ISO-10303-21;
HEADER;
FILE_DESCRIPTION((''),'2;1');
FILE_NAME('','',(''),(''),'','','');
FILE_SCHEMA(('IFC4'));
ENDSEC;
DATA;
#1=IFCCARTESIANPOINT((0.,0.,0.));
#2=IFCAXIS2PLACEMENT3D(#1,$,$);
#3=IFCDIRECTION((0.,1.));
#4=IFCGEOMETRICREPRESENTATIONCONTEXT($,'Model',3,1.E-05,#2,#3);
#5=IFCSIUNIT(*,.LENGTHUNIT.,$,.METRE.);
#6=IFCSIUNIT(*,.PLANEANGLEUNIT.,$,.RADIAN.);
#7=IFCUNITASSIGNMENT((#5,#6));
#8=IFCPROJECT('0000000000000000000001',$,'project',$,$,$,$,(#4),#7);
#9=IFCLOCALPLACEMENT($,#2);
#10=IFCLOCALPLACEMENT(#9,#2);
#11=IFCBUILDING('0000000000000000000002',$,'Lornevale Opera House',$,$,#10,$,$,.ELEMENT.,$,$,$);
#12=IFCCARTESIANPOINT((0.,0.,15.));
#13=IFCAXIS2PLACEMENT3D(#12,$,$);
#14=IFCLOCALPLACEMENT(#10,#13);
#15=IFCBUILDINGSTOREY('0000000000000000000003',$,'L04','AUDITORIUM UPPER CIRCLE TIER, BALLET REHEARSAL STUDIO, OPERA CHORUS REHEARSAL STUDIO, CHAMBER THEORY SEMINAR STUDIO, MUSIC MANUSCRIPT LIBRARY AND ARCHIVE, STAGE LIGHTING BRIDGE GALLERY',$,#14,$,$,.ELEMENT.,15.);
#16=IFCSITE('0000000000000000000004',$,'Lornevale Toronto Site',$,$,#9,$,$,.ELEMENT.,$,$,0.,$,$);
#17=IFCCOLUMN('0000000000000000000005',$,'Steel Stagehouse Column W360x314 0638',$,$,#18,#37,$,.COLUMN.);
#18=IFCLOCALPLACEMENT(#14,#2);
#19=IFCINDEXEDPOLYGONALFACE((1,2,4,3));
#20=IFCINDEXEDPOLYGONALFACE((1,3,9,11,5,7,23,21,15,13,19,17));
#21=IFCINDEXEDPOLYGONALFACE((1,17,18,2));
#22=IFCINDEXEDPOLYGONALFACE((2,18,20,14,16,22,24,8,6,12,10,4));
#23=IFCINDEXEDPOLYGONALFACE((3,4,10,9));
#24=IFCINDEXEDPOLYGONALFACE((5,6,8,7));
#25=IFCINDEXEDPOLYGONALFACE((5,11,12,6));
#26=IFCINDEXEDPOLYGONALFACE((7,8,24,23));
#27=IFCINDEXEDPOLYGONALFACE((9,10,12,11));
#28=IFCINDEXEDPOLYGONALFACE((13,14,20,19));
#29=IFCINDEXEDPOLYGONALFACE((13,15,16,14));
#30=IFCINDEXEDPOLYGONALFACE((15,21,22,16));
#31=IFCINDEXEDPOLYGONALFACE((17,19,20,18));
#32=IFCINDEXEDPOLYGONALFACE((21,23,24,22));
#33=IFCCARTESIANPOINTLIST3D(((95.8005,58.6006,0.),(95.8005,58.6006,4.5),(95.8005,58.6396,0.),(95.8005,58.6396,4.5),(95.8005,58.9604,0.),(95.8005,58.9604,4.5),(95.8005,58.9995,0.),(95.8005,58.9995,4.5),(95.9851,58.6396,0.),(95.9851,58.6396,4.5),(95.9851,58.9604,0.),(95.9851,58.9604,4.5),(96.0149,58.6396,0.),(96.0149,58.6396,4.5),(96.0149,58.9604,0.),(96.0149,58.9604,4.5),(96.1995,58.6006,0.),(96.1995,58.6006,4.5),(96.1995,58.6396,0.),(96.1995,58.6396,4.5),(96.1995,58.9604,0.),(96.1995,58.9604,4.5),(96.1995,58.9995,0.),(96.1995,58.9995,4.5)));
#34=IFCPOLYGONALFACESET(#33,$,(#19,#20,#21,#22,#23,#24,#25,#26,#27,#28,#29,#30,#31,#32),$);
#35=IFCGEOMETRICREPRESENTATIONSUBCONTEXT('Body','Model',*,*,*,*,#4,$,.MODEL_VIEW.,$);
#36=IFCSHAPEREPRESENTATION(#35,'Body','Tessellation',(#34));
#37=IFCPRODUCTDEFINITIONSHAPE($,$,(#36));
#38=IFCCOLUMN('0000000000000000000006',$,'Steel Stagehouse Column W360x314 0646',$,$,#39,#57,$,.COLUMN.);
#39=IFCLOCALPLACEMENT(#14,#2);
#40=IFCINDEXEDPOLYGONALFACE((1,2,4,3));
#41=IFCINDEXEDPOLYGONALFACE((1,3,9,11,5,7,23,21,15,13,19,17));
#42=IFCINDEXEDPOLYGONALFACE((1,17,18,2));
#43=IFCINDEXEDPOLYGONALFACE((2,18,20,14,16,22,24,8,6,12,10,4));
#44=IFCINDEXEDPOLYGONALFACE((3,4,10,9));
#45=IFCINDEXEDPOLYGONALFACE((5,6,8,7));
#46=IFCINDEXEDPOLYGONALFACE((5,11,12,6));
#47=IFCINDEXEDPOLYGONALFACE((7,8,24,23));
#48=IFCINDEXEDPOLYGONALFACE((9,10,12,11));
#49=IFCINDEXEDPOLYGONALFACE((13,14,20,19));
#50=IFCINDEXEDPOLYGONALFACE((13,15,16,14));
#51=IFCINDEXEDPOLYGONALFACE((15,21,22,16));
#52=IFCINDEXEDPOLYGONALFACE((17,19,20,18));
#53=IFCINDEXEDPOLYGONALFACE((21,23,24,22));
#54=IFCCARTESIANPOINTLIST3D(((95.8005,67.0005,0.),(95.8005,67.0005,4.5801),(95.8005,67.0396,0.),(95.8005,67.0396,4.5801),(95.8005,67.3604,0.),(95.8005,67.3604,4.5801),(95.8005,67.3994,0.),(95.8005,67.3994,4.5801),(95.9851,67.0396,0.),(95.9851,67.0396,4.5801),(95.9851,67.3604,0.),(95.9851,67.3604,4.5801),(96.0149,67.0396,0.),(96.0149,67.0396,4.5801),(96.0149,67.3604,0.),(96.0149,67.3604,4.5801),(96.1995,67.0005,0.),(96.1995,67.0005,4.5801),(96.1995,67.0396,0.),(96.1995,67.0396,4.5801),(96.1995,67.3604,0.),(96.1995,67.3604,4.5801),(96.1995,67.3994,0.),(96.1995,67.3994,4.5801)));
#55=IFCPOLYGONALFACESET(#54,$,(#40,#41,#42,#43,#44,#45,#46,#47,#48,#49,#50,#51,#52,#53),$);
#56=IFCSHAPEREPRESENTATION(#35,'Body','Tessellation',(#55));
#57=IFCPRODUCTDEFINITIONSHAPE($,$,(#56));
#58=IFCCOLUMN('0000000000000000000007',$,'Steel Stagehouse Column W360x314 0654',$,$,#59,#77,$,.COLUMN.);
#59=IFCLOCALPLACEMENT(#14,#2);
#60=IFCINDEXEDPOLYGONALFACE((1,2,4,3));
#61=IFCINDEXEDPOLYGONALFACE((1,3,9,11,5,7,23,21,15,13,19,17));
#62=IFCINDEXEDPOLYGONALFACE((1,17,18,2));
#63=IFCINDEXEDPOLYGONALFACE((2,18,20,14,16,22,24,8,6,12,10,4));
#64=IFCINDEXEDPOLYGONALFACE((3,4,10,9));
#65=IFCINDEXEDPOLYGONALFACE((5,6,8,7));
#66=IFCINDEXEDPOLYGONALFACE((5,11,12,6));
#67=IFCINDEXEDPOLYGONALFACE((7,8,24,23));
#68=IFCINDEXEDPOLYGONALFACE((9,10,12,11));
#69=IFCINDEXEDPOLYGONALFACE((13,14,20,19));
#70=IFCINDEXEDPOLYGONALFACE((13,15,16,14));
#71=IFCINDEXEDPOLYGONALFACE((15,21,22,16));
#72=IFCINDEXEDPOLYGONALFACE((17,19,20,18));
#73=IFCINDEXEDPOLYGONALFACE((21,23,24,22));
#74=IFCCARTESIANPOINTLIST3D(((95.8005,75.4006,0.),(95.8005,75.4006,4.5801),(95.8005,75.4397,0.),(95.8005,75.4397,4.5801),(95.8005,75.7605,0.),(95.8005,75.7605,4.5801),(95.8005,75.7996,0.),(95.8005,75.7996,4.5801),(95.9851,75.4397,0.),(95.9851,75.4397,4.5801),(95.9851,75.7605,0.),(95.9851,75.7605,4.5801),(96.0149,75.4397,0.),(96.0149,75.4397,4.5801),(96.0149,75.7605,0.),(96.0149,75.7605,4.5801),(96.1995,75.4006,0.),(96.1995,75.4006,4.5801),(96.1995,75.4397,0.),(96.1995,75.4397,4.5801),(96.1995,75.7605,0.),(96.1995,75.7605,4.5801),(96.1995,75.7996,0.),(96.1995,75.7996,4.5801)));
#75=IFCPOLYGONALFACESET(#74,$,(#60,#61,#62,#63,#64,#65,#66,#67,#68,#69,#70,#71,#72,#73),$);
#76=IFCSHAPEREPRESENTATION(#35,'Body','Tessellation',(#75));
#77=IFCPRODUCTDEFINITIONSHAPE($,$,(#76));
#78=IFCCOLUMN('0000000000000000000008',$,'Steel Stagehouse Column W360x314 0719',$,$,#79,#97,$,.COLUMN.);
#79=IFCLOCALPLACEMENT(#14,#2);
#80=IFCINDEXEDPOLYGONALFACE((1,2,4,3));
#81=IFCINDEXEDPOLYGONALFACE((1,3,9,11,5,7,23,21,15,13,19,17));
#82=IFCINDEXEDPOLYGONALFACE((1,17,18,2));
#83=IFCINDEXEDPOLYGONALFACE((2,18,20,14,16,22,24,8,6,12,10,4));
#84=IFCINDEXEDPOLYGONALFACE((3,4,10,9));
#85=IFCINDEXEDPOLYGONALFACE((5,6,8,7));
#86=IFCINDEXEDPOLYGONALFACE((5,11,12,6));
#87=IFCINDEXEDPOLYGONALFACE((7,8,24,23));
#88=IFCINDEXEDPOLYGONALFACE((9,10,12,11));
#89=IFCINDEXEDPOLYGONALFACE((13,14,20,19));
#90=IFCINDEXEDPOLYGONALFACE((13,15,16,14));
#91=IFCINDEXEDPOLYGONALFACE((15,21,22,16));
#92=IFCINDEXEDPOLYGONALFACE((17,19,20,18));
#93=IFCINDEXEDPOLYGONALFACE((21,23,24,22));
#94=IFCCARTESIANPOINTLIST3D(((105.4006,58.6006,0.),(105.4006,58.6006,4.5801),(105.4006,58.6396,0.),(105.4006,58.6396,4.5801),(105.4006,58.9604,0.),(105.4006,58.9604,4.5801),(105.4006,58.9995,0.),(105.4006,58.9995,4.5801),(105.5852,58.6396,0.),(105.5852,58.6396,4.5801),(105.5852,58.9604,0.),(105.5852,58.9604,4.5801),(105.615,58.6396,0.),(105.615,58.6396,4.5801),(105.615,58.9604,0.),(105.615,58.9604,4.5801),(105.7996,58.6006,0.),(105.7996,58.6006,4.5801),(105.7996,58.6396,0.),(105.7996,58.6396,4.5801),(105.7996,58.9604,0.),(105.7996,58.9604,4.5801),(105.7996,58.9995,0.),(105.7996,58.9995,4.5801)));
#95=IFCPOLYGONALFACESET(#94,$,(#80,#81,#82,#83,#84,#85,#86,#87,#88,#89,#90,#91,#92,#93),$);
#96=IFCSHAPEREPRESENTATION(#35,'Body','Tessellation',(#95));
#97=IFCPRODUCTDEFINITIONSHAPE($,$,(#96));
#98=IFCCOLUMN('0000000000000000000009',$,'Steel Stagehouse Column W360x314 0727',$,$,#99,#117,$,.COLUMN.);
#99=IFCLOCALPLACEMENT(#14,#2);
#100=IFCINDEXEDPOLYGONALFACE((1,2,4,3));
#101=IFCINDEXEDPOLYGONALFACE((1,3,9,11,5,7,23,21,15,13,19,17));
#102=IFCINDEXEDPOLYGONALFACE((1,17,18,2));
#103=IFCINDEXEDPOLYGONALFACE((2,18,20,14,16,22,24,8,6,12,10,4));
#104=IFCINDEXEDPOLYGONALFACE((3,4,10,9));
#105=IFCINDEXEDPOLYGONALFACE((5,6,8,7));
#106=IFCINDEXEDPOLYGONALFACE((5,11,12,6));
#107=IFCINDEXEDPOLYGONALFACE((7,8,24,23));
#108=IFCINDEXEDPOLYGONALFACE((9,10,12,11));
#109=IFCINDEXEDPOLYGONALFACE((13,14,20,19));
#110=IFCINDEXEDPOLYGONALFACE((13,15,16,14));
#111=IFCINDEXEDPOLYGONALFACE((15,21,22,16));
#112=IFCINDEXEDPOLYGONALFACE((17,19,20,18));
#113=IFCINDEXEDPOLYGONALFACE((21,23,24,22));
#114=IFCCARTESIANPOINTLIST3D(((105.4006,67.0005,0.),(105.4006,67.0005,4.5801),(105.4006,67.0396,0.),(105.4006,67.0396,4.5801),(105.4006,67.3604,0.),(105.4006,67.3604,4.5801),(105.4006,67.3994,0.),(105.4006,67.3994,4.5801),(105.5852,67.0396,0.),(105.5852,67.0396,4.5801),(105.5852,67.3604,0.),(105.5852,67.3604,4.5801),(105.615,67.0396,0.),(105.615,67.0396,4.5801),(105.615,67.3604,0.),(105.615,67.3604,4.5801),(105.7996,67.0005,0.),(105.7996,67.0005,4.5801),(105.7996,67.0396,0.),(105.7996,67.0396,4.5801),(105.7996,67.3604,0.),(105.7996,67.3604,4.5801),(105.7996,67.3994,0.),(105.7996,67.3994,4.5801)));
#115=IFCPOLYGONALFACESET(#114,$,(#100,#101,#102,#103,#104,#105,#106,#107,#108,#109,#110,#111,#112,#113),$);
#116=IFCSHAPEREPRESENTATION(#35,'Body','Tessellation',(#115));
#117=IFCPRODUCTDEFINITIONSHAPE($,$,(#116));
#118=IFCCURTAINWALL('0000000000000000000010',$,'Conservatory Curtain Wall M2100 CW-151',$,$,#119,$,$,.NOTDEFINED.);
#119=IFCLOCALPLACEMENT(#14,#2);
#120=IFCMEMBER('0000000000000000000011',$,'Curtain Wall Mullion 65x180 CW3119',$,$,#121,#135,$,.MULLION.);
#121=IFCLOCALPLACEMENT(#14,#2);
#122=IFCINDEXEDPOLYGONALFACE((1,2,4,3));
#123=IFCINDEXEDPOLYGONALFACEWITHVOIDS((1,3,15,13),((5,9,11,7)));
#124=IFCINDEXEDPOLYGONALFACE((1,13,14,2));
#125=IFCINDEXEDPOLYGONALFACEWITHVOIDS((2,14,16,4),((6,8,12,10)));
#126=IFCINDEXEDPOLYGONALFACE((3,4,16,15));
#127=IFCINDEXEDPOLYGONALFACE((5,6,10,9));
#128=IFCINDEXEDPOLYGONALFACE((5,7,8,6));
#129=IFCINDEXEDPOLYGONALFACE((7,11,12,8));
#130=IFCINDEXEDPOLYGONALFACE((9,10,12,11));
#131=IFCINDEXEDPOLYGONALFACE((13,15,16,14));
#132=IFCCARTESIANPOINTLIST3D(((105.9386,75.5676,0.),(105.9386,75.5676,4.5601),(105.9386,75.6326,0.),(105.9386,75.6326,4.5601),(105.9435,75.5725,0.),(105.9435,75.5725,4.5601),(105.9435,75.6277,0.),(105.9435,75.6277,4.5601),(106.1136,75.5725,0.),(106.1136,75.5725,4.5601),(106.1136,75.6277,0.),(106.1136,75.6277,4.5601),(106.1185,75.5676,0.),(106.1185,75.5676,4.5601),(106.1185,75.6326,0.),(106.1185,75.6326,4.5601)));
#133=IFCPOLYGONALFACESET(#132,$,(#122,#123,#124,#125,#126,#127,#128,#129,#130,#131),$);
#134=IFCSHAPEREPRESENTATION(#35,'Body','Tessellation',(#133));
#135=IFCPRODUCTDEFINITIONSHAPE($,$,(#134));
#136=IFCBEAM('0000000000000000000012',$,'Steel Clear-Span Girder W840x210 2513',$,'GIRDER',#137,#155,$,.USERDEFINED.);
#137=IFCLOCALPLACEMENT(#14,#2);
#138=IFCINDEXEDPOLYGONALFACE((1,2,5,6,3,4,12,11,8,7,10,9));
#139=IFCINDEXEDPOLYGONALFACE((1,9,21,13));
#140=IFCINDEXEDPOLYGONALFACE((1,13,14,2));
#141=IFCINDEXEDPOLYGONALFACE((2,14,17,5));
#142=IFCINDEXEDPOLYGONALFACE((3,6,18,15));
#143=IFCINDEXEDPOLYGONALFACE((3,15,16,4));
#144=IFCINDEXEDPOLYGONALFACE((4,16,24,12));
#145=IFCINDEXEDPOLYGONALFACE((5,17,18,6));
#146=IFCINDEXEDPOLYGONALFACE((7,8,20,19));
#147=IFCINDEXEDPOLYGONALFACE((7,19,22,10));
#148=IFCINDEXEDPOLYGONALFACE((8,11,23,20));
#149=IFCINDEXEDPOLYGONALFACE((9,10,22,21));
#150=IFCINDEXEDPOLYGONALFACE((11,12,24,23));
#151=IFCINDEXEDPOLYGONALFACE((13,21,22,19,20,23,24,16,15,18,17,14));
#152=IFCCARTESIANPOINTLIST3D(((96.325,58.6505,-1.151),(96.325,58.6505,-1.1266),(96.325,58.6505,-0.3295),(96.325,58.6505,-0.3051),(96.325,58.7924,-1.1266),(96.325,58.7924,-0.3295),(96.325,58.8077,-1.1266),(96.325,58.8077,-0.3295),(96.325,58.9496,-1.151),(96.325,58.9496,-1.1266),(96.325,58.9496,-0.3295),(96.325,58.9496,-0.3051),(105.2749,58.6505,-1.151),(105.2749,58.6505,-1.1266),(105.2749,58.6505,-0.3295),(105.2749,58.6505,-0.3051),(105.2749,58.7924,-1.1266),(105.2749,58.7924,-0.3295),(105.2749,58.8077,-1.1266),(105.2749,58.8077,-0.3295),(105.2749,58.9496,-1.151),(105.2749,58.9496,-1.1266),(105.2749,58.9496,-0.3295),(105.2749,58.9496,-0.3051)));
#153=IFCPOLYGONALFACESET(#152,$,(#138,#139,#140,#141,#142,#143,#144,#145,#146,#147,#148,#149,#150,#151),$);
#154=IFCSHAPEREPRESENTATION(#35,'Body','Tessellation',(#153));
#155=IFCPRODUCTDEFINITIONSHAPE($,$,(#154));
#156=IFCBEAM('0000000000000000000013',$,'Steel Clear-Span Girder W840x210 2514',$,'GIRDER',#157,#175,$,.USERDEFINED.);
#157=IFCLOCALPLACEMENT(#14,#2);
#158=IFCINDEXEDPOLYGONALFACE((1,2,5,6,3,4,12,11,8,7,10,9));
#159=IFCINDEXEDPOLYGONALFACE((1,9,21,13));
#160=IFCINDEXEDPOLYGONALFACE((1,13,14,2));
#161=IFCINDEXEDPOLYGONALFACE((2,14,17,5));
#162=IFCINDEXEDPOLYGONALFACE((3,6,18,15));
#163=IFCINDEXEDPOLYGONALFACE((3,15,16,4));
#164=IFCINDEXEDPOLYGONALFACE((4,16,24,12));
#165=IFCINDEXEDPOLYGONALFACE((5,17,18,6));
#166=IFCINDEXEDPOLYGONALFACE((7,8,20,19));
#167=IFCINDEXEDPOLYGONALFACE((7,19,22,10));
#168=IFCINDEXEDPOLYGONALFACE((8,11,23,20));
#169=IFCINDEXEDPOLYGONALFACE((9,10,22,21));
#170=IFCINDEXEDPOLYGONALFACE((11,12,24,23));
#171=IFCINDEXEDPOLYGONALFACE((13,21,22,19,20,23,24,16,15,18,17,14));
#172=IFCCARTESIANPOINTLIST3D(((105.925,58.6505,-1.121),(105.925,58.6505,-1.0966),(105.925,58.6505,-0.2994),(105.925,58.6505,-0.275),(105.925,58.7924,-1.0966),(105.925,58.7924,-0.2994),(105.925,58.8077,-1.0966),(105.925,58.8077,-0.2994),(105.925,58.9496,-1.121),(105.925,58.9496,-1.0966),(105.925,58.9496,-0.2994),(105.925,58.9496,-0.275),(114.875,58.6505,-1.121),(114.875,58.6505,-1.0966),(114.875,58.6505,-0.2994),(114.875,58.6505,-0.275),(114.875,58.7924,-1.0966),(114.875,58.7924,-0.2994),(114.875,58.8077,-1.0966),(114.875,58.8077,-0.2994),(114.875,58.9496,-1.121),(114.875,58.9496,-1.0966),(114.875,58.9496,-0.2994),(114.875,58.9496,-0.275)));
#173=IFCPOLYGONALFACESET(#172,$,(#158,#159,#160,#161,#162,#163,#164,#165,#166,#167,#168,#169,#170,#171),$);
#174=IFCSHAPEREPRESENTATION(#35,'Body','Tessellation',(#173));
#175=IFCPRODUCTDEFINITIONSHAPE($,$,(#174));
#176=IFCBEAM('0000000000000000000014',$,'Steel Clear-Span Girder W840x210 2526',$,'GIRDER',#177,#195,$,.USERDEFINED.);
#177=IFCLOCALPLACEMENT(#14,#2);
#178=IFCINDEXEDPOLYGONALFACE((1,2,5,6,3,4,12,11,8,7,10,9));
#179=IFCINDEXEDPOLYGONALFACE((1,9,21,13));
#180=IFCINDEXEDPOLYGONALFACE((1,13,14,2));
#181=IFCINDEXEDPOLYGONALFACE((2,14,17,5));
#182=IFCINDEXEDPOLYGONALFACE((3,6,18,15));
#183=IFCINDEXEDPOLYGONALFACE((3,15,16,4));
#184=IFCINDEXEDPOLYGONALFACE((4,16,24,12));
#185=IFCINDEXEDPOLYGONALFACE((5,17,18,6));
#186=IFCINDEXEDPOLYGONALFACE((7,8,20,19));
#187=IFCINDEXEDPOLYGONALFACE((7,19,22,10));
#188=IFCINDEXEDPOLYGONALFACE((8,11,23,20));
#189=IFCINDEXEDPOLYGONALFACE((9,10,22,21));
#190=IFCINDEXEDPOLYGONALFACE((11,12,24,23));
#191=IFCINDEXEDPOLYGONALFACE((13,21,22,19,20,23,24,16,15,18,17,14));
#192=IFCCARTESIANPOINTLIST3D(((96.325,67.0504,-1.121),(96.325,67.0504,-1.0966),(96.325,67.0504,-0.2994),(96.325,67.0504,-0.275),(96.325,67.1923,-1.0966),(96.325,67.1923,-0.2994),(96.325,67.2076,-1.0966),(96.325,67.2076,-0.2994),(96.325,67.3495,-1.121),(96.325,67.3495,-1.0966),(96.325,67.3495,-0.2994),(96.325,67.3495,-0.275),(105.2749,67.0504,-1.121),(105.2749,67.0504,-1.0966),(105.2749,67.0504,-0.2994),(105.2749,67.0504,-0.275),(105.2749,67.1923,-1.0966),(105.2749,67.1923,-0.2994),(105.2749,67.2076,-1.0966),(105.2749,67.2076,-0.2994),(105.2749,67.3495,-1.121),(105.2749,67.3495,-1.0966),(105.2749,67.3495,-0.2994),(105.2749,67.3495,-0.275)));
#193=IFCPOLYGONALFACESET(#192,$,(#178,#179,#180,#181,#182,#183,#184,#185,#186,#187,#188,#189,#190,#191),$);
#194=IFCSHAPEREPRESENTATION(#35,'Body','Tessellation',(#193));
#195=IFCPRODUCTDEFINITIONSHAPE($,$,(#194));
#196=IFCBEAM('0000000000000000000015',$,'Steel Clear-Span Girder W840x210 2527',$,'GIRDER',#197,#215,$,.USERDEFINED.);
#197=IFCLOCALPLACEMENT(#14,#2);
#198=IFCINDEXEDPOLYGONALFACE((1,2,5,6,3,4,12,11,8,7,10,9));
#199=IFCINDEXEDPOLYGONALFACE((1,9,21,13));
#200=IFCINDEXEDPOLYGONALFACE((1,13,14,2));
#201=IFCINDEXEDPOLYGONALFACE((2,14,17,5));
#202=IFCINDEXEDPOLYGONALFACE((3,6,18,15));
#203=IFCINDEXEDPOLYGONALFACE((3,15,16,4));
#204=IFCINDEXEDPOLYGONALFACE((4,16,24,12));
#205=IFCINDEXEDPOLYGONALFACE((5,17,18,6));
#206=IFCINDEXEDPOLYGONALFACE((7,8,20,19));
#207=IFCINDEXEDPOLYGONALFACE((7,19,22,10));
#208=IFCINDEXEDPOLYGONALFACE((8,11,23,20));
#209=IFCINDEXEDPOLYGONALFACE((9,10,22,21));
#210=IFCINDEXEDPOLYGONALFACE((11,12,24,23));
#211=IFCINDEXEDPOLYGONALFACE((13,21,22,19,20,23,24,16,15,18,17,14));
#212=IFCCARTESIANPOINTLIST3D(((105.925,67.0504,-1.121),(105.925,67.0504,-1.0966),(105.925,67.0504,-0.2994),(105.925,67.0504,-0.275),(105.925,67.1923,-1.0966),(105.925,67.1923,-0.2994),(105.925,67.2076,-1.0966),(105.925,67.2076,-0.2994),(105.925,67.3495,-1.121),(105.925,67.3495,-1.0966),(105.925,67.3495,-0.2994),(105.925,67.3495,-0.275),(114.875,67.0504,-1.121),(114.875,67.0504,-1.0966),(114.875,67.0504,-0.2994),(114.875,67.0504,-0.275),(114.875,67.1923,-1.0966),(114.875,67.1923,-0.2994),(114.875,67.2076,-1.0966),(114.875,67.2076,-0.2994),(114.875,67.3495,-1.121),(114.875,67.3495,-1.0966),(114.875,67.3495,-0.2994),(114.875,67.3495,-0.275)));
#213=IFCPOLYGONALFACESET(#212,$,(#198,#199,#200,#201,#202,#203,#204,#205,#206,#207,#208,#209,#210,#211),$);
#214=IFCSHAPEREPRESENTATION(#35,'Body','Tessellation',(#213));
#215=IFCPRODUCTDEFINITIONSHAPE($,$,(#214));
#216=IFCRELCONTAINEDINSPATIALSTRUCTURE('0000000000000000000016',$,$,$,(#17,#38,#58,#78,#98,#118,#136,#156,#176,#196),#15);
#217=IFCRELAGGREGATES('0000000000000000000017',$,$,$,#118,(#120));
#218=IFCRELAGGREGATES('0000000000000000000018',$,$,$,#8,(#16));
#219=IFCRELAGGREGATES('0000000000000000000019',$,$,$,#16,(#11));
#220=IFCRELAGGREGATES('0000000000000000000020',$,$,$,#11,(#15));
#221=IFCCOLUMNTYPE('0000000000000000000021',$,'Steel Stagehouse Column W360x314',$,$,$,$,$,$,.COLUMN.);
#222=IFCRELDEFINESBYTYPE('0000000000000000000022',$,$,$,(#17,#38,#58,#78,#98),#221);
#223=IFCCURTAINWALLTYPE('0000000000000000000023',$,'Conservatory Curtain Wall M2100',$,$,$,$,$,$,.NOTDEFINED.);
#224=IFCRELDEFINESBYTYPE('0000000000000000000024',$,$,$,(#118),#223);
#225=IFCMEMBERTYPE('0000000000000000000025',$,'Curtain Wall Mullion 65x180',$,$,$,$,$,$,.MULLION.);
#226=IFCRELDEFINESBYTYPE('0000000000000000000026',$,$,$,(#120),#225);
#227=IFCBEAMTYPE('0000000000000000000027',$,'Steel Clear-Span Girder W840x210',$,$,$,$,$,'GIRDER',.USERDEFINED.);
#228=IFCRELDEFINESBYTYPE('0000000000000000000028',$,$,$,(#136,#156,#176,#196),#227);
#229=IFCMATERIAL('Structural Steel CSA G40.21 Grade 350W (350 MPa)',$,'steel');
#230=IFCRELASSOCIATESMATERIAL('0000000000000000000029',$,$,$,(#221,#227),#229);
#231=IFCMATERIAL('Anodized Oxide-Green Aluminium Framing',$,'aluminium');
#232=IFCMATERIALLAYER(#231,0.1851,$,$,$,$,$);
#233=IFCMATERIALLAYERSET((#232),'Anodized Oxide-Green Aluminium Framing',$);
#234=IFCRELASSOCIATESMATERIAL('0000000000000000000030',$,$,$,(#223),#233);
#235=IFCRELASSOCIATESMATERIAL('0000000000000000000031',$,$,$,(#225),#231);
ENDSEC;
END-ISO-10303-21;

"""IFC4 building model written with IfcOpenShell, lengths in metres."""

from ifc_helpers import new_model, si_unit, direction, frame, origin, origin_2d, place, context, subcontext, project, spatial, hollow_rectangle, i_section, extrude, material, layer, layer_set, material_profile, profile_set, type_object, element, aggregate, save


model = new_model("IFC4")

# Units and contexts
model_context = context("Model", 3, precision=1e-05, world=origin(), true_north=direction((0.0, 1.0)))
body_context = subcontext(model_context, "Body", "Model", "MODEL_VIEW")
ifc_project = project(units=[si_unit("LENGTHUNIT", "METRE"), si_unit("PLANEANGLEUNIT", "RADIAN")], contexts=[model_context])

# Site, building, storey
site_placement = place(None, origin())
site = spatial("IfcSite", under=ifc_project, at=site_placement, Name="Lornevale Toronto Site", CompositionType="ELEMENT", RefElevation=0.0)
building_placement = place(site_placement, origin())
building = spatial("IfcBuilding", under=site, at=building_placement, Name="Lornevale Opera House", CompositionType="ELEMENT")
storey_placement = place(building_placement, frame((0.0, 0.0, 15.0)))
storey = spatial("IfcBuildingStorey", under=building, at=storey_placement, Name="L04", Description="AUDITORIUM UPPER CIRCLE TIER, BALLET REHEARSAL STUDIO, OPERA CHORUS REHEARSAL STUDIO, CHAMBER THEORY SEMINAR STUDIO, MUSIC MANUSCRIPT LIBRARY AND ARCHIVE, STAGE LIGHTING BRIDGE GALLERY", CompositionType="ELEMENT", Elevation=15.0)

# Columns
ifc_material_1 = material(Name="Structural Steel CSA G40.21 Grade 350W (350 MPa)", Category="steel")
ifc_material_profile_1 = material_profile(ifc_material_1, i_section(OverallWidth=0.3989, OverallDepth=0.3989, WebThickness=0.0298, FlangeThickness=0.0391, at=origin_2d()), Name="W360x314")
ifc_profile_set_1 = profile_set([ifc_material_profile_1], Name="Structural Steel CSA G40.21 Grade 350W (350 MPa)")
column_type = type_object("IfcColumnType", Name="Steel Stagehouse Column W360x314", PredefinedType="COLUMN", material=ifc_profile_set_1)
column_placement = place(storey_placement, frame((96.0, 58.8, 0.0), z_axis=(0.0, 0.0, 1.0), x_axis=(1.0, 0.0, 0.0)))
element("IfcColumn", 1, at=column_placement, inside=storey, type_object=column_type, Name="Steel Stagehouse Column W360x314 0638", PredefinedType="COLUMN", context=body_context, shape_type="SweptSolid", body=[
    extrude(i_section(OverallWidth=0.3989, OverallDepth=0.3989, WebThickness=0.0298, FlangeThickness=0.0391, at=origin_2d()), origin(), (0.0, 0.0, 1.0), 4.5),
])
for number, where, z_axis, x_axis, name in (
    (2, (96.0, 67.2, 0.0), (0.0, 0.0, 1.0), (1.0, 0.0, 0.0), "Steel Stagehouse Column W360x314 0646"),
    (3, (96.0, 75.6001, 0.0), (0.0, 0.0, 1.0), (1.0, 0.0, 0.0), "Steel Stagehouse Column W360x314 0654"),
    (4, (105.6001, 58.8, 0.0), (0.0, 0.0, 1.0), (1.0, 0.0, 0.0), "Steel Stagehouse Column W360x314 0719"),
    (5, (105.6001, 67.2, 0.0), (0.0, 0.0, 1.0), (1.0, 0.0, 0.0), "Steel Stagehouse Column W360x314 0727"),
):
    element("IfcColumn", number, at=place(storey_placement, frame(where, z_axis=z_axis, x_axis=x_axis)), inside=storey, type_object=column_type, Name=name, PredefinedType="COLUMN", context=body_context, shape_type="SweptSolid", body=[
        extrude(i_section(OverallWidth=0.3989, OverallDepth=0.3989, WebThickness=0.0298, FlangeThickness=0.0391, at=origin_2d()), origin(), (0.0, 0.0, 1.0), 4.5801),
    ])

# Curtain wall, member
ifc_material_2 = material(Name="Anodized Oxide-Green Aluminium Framing", Category="aluminium")
ifc_layer_1 = layer(ifc_material_2, 0.1851)
ifc_layer_set_1 = layer_set([ifc_layer_1], Name="Anodized Oxide-Green Aluminium Framing")
curtain_wall_type = type_object("IfcCurtainWallType", Name="Conservatory Curtain Wall M2100", PredefinedType="NOTDEFINED", material=ifc_layer_set_1)
curtain_wall_placement = place(storey_placement, origin())
curtain_wall = element("IfcCurtainWall", 6, at=curtain_wall_placement, inside=storey, type_object=curtain_wall_type, Name="Conservatory Curtain Wall M2100 CW-151", PredefinedType="NOTDEFINED")
ifc_material_profile_2 = material_profile(ifc_material_2, hollow_rectangle(XDim=0.0649, YDim=0.1799, WallThickness=0.0049, at=origin_2d()), Name="ALU65x180x5")
ifc_profile_set_2 = profile_set([ifc_material_profile_2], Name="Anodized Oxide-Green Aluminium Framing")
member_type = type_object("IfcMemberType", Name="Curtain Wall Mullion 65x180", PredefinedType="MULLION", material=ifc_profile_set_2)
member_placement = place(storey_placement, frame((106.0286, 75.6001, 0.0), z_axis=(0.0, 0.0, 1.0), x_axis=(0.0, 1.0, 0.0)))
member = element("IfcMember", 7, at=member_placement, type_object=member_type, Name="Curtain Wall Mullion 65x180 CW3119", PredefinedType="MULLION", context=body_context, shape_type="SweptSolid", body=[
    extrude(hollow_rectangle(XDim=0.0649, YDim=0.1799, WallThickness=0.0049, at=origin_2d()), origin(), (0.0, 0.0, 1.0), 4.5601),
])
aggregate(curtain_wall, [member])

# Beams
ifc_material_profile_3 = material_profile(ifc_material_1, i_section(OverallWidth=0.2991, OverallDepth=0.8459, WebThickness=0.0154, FlangeThickness=0.0244, at=origin_2d()), Name="W840x210")
ifc_profile_set_3 = profile_set([ifc_material_profile_3], Name="Structural Steel CSA G40.21 Grade 350W (350 MPa)")
beam_type_1 = type_object("IfcBeamType", Name="Steel Clear-Span Girder W840x210", ElementType="GIRDER", PredefinedType="USERDEFINED", material=ifc_profile_set_3)
for number, where, z_axis, x_axis, name in (
    (8, (96.325, 58.8, -0.728), (1.0, 0.0, 0.0), (0.0, 1.0, 0.0), "Steel Clear-Span Girder W840x210 2513"),
    (9, (105.925, 58.8, -0.698), (1.0, 0.0, 0.0), (0.0, 1.0, 0.0), "Steel Clear-Span Girder W840x210 2514"),
    (10, (96.325, 67.2, -0.698), (1.0, 0.0, 0.0), (0.0, 1.0, 0.0), "Steel Clear-Span Girder W840x210 2526"),
    (11, (105.925, 67.2, -0.698), (1.0, 0.0, 0.0), (0.0, 1.0, 0.0), "Steel Clear-Span Girder W840x210 2527"),
):
    element("IfcBeam", number, at=place(storey_placement, frame(where, z_axis=z_axis, x_axis=x_axis)), inside=storey, type_object=beam_type_1, Name=name, ObjectType="GIRDER", PredefinedType="USERDEFINED", context=body_context, shape_type="SweptSolid", body=[
        extrude(i_section(OverallWidth=0.2991, OverallDepth=0.8459, WebThickness=0.0154, FlangeThickness=0.0244, at=origin_2d()), origin(), (0.0, 0.0, 1.0), 8.95),
    ])

save(model, "model.ifc")
